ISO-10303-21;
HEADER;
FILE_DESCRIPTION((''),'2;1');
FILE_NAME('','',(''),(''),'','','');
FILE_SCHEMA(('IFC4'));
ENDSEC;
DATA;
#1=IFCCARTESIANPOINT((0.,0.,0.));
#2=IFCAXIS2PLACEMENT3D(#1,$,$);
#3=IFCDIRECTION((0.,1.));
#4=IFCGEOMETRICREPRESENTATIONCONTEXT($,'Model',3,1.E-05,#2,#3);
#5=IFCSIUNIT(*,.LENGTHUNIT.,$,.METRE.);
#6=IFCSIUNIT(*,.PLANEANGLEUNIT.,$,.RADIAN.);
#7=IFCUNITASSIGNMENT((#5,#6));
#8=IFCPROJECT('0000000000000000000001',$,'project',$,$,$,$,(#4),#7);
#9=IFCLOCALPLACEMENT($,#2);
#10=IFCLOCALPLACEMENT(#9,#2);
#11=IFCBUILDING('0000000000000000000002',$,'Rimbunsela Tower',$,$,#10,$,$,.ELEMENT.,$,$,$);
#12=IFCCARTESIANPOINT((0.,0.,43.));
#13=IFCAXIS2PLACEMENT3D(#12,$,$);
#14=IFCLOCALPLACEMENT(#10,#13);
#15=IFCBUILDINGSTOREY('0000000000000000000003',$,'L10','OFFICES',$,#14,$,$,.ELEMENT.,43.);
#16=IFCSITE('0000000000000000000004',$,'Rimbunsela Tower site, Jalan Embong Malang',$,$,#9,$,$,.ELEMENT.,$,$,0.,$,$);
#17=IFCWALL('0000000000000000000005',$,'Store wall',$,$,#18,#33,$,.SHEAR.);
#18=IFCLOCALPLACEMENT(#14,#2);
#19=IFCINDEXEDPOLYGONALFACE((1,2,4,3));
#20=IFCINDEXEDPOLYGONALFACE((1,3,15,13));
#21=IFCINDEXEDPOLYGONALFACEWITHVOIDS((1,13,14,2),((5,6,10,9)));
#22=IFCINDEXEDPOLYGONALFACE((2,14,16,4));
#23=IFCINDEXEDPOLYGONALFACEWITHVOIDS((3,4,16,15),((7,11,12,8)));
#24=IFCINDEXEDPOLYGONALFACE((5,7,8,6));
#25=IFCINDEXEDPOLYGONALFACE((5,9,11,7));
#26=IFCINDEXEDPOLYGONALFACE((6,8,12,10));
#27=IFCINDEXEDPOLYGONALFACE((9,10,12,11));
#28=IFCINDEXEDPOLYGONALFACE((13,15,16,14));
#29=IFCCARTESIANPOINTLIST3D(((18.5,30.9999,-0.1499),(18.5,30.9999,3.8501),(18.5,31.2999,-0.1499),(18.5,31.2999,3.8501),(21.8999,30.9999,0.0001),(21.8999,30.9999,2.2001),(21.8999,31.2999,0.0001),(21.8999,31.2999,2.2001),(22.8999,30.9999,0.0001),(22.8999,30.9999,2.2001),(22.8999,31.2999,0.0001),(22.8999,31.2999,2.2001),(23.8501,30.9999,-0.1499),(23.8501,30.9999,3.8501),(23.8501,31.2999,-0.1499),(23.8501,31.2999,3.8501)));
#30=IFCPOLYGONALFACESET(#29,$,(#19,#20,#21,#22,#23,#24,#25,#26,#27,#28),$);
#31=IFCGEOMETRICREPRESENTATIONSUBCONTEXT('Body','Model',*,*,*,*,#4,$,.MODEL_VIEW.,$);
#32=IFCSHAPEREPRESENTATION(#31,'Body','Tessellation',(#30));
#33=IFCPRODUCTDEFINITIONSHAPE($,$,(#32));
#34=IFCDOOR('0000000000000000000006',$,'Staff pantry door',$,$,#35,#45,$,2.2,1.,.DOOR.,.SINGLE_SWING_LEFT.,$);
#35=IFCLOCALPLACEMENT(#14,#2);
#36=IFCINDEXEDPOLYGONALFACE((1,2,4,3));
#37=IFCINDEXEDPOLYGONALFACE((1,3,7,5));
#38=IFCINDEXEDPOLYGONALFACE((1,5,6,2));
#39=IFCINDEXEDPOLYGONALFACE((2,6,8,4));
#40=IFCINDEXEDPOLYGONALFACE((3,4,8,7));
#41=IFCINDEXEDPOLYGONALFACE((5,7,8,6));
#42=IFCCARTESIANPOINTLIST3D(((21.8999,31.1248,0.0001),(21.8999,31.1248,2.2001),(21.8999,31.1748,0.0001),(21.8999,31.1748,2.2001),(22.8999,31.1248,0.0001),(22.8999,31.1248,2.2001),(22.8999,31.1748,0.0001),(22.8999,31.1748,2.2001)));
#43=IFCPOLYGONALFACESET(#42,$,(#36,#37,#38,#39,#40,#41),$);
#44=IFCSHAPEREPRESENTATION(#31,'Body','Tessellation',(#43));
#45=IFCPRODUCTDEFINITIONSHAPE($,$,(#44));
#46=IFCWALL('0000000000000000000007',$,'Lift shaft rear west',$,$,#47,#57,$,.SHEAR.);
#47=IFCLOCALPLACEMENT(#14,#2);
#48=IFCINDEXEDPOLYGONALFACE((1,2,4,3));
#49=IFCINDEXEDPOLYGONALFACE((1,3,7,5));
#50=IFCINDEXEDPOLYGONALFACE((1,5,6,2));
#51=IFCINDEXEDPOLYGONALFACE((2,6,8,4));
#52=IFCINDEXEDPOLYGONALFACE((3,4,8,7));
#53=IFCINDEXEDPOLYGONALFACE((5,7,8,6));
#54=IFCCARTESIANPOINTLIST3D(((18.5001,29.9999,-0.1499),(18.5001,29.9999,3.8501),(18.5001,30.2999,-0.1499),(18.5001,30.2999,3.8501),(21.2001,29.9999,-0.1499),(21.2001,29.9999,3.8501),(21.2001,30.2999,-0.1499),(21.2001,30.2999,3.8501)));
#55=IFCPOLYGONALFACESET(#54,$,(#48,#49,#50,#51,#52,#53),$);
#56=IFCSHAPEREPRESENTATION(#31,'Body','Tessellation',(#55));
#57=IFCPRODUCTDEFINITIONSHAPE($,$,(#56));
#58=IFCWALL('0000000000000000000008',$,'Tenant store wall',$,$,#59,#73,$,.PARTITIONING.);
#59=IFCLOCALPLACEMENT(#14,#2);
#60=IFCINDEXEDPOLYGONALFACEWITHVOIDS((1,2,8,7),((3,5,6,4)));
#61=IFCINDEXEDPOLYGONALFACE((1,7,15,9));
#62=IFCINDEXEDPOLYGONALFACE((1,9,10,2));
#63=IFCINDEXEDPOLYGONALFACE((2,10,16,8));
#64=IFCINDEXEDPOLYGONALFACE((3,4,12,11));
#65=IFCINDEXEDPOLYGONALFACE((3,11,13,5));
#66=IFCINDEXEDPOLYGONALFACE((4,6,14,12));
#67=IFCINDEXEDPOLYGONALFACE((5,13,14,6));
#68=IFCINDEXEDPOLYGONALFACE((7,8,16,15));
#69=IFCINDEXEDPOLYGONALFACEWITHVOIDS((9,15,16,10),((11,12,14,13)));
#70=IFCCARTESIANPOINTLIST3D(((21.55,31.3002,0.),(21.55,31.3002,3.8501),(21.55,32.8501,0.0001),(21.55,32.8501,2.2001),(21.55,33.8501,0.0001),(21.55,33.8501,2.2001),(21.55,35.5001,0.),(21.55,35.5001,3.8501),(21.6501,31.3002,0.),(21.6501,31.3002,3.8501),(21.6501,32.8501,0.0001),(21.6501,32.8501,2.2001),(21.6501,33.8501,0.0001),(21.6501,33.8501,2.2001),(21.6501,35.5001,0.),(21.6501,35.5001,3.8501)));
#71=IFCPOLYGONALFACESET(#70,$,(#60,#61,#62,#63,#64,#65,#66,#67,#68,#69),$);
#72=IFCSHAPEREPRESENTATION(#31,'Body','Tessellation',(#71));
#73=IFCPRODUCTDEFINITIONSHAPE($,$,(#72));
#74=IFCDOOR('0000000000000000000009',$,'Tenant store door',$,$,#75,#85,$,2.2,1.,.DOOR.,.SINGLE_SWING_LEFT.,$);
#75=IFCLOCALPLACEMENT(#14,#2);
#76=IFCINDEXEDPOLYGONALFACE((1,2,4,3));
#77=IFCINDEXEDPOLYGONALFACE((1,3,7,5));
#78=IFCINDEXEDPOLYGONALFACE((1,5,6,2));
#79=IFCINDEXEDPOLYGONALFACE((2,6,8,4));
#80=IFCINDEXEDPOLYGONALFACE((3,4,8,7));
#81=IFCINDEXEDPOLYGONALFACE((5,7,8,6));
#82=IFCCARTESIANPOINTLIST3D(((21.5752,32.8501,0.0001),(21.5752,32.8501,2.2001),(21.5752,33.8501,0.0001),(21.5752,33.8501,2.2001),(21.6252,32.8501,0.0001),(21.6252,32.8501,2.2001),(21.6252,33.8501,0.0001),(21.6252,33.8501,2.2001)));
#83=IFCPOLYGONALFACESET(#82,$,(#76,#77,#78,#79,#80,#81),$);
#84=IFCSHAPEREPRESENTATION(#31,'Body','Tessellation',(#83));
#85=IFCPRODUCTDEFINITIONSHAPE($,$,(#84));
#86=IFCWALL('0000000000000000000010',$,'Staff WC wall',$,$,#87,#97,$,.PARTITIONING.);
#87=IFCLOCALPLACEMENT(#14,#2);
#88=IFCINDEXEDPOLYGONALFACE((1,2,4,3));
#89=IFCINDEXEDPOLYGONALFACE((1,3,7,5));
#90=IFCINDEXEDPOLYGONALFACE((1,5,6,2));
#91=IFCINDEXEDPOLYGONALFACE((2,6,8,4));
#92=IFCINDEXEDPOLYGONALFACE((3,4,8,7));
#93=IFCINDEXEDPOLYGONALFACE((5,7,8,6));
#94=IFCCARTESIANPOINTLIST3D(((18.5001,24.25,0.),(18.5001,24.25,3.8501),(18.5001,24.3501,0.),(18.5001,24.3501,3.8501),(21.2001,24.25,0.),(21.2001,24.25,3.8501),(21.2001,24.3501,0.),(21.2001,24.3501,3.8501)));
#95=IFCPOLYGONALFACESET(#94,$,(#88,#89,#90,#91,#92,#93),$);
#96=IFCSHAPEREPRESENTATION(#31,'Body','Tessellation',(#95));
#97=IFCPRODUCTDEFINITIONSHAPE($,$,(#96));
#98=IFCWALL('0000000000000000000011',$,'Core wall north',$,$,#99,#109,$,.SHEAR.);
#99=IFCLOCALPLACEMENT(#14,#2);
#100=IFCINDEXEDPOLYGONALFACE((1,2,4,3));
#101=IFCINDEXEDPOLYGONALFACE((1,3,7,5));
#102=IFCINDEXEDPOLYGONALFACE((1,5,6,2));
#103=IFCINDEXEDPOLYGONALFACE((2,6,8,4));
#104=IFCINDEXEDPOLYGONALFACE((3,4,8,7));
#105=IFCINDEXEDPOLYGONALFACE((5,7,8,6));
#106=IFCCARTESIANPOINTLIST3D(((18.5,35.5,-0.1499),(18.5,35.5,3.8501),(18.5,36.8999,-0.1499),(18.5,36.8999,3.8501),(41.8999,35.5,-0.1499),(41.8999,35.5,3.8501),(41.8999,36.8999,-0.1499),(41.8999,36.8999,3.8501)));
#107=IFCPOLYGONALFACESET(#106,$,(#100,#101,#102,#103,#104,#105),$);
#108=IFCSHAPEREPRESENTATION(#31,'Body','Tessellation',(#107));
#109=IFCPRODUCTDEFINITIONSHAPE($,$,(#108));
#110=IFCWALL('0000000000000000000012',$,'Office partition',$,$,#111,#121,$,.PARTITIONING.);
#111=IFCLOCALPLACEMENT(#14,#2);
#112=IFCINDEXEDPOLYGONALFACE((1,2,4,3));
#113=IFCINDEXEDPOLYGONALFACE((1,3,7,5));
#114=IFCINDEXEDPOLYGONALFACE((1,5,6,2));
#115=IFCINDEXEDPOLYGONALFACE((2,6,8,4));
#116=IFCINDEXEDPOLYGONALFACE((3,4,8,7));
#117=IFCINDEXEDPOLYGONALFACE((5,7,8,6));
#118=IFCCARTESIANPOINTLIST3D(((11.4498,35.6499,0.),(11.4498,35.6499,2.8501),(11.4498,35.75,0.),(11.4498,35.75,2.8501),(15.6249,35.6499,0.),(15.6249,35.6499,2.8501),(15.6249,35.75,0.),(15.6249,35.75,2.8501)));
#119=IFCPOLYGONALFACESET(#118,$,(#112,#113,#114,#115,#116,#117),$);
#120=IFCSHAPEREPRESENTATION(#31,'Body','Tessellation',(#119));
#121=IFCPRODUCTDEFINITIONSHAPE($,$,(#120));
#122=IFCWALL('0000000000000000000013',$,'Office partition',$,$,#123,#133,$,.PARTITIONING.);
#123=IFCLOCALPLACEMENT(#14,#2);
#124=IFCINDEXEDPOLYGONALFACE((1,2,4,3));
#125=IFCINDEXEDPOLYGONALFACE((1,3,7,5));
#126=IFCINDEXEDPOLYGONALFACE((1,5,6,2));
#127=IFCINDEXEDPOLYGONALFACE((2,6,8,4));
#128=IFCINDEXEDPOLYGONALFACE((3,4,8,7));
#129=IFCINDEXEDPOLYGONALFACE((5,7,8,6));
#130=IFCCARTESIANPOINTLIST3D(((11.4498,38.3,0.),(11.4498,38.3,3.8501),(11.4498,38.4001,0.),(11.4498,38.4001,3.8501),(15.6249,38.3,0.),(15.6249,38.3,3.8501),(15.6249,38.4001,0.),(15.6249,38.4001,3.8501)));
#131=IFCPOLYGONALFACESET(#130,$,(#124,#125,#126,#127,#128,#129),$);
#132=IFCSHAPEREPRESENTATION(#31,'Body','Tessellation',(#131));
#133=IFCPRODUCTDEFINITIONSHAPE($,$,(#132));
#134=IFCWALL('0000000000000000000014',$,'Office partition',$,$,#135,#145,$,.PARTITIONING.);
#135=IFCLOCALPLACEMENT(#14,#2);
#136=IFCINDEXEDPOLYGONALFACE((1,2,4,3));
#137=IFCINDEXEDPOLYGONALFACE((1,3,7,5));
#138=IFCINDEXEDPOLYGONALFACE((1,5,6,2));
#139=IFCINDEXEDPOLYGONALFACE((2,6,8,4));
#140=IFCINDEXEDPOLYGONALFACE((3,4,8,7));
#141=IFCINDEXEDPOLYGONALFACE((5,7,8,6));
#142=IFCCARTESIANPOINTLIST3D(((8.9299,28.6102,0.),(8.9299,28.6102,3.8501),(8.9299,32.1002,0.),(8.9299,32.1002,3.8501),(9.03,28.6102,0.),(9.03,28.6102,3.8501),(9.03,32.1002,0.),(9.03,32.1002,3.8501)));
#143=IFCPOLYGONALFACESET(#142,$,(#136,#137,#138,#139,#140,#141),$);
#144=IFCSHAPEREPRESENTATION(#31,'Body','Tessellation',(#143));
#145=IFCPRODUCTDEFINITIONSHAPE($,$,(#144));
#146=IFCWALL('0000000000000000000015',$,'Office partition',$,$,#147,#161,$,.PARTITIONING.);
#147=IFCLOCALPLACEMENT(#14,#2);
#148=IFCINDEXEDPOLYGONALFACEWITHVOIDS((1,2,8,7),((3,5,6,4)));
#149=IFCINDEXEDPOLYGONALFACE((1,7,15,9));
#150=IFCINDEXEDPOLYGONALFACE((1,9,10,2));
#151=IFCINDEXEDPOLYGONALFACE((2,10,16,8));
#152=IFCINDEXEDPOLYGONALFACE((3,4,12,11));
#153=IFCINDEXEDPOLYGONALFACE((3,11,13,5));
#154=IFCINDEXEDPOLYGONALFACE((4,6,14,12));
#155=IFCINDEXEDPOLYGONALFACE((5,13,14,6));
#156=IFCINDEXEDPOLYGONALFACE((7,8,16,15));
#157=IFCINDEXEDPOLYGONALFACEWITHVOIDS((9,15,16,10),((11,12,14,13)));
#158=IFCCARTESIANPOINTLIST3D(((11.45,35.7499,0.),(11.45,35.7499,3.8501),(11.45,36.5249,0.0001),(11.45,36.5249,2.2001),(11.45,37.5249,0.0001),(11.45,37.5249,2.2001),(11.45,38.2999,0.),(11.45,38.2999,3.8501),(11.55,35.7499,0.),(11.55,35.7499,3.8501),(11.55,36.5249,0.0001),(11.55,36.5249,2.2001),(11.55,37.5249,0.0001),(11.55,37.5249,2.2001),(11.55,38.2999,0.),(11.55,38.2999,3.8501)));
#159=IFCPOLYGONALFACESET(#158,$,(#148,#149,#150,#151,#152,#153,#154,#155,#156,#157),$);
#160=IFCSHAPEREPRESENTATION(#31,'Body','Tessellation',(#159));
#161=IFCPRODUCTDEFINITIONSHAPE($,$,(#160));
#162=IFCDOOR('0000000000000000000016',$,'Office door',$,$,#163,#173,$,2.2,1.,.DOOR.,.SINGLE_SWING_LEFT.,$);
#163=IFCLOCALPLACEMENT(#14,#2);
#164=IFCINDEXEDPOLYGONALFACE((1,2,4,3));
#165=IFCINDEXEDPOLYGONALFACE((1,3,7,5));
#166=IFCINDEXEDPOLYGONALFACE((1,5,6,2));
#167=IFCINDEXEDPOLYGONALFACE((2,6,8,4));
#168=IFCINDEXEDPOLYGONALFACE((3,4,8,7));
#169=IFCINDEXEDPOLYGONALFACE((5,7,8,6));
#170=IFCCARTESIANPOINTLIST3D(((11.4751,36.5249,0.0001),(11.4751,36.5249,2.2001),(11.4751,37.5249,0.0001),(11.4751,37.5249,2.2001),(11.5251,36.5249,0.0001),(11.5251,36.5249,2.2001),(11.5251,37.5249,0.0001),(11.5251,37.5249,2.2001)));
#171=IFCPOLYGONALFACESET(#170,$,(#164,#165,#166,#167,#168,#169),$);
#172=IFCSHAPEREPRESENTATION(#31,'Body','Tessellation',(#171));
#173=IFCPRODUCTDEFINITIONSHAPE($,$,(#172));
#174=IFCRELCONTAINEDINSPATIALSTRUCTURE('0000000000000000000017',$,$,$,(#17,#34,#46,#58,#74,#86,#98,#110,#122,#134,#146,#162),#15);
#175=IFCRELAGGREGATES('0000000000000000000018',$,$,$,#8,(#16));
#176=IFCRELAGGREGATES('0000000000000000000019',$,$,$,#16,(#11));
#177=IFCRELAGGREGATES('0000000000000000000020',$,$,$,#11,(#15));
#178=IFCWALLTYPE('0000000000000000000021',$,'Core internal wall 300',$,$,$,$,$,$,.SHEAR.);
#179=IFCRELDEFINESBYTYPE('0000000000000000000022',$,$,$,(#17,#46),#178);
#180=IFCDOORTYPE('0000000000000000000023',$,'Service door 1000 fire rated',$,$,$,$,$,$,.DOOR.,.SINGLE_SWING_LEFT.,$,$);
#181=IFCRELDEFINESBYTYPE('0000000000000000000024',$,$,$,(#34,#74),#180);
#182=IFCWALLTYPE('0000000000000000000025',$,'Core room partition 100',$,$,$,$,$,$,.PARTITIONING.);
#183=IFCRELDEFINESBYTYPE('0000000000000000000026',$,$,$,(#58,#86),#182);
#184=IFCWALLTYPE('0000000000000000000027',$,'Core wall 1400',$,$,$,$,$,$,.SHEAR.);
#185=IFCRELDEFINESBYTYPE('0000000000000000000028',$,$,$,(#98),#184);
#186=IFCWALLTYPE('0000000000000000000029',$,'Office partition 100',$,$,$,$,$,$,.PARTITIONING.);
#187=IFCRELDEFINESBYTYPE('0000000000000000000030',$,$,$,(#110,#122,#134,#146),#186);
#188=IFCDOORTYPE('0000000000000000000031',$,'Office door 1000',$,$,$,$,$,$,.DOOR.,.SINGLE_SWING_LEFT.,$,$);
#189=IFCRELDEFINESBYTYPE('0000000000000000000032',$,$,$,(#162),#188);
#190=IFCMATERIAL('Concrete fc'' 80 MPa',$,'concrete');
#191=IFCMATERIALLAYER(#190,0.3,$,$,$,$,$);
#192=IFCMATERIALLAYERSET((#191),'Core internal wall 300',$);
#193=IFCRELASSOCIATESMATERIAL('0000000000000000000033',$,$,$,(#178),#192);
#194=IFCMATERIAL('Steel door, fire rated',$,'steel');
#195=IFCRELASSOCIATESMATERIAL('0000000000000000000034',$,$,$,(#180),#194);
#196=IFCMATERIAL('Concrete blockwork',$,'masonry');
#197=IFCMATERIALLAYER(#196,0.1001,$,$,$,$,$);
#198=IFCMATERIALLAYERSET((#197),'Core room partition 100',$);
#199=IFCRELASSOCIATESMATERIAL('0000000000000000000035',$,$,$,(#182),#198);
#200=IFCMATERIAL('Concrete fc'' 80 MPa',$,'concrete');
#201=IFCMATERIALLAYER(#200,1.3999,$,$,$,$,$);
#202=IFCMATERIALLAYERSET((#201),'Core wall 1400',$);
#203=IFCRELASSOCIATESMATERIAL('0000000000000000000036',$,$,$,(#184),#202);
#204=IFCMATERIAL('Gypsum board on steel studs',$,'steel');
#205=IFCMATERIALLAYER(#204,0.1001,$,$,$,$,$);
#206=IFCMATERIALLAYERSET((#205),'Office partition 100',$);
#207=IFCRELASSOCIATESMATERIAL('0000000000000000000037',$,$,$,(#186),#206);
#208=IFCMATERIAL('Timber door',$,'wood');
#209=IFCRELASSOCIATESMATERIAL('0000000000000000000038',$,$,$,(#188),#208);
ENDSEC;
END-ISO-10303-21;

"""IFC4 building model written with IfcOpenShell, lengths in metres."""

from ifc_helpers import new_model, si_unit, direction, frame, frame_2d, origin, place, context, subcontext, project, spatial, rectangle, extrude, material, layer, layer_set, type_object, element, fill, save


model = new_model("IFC4")

# Units and contexts
model_context = context("Model", 3, precision=1e-05, world=origin(), true_north=direction((0.0, 1.0)))
body_context = subcontext(model_context, "Body", "Model", "MODEL_VIEW")
ifc_project = project(units=[si_unit("LENGTHUNIT", "METRE"), si_unit("PLANEANGLEUNIT", "RADIAN")], contexts=[model_context])

# Site, building, storey
site_placement = place(None, origin())
site = spatial("IfcSite", under=ifc_project, at=site_placement, Name="Rimbunsela Tower site, Jalan Embong Malang", CompositionType="ELEMENT", RefElevation=0.0)
building_placement = place(site_placement, origin())
building = spatial("IfcBuilding", under=site, at=building_placement, Name="Rimbunsela Tower", CompositionType="ELEMENT")
storey_placement = place(building_placement, frame((0.0, 0.0, 43.0)))
storey = spatial("IfcBuildingStorey", under=building, at=storey_placement, Name="L10", Description="OFFICES", CompositionType="ELEMENT", Elevation=43.0)

# Wall, opening, door
ifc_material_1 = material(Name="Concrete fc' 80 MPa", Category="concrete")
ifc_layer_1 = layer(ifc_material_1, 0.3)
ifc_layer_set_1 = layer_set([ifc_layer_1], Name="Core internal wall 300")
wall_type_1 = type_object("IfcWallType", Name="Core internal wall 300", PredefinedType="SHEAR", material=ifc_layer_set_1)
wall_1_placement = place(storey_placement, frame((18.5, 31.1499, -0.1499), z_axis=(0.0, 0.0, 1.0), x_axis=(1.0, 0.0, 0.0)))
wall_1 = element("IfcWall", 1, at=wall_1_placement, inside=storey, type_object=wall_type_1, Name="Store wall", PredefinedType="SHEAR", context=body_context, shape_type="SweptSolid", body=[
    extrude(rectangle(XDim=5.3501, YDim=0.3, at=frame_2d((2.675, 0.0))), origin(), (0.0, 0.0, 1.0), 4.0),
])
opening_1_placement = place(wall_1_placement, frame((3.3999, 0.0, 0.1499)))
opening_1 = element("IfcOpeningElement", 2, at=opening_1_placement, cuts=wall_1, PredefinedType="OPENING", context=body_context, shape_type="SweptSolid", body=[
    extrude(rectangle(XDim=1.0, YDim=2.2, at=frame_2d((0.5, 1.1001))), frame((0.0, 0.1599, 0.0), z_axis=(0.0, -1.0, 0.0), x_axis=(1.0, 0.0, 0.0)), (0.0, 0.0, 1.0), 0.3201),
])
ifc_material_2 = material(Name="Steel door, fire rated", Category="steel")
door_type_1 = type_object("IfcDoorType", Name="Service door 1000 fire rated", OperationType="SINGLE_SWING_LEFT", PredefinedType="DOOR", material=ifc_material_2)
door_1_placement = place(opening_1_placement, origin())
door_1 = element("IfcDoor", 3, at=door_1_placement, inside=storey, type_object=door_type_1, Name="Staff pantry door", OperationType="SINGLE_SWING_LEFT", OverallHeight=2.2, OverallWidth=1.0, PredefinedType="DOOR", context=body_context, shape_type="SweptSolid", body=[
    extrude(rectangle(XDim=1.0, YDim=2.2, at=frame_2d((0.5, 1.1001))), frame((0.0, 0.0249, 0.0), z_axis=(0.0, -1.0, 0.0), x_axis=(1.0, 0.0, 0.0)), (0.0, 0.0, 1.0), 0.05),
])
fill(opening_1, door_1)

# Wall
wall_2_placement = place(storey_placement, frame((18.5, 30.1499, -0.1499), z_axis=(0.0, 0.0, 1.0), x_axis=(1.0, 0.0, 0.0)))
element("IfcWall", 4, at=wall_2_placement, inside=storey, type_object=wall_type_1, Name="Lift shaft rear west", PredefinedType="SHEAR", context=body_context, shape_type="SweptSolid", body=[
    extrude(rectangle(XDim=2.7, YDim=0.3, at=frame_2d((1.3501, 0.0))), origin(), (0.0, 0.0, 1.0), 4.0),
])

# Wall, opening, door
ifc_material_3 = material(Name="Concrete blockwork", Category="masonry")
ifc_layer_2 = layer(ifc_material_3, 0.1001)
ifc_layer_set_2 = layer_set([ifc_layer_2], Name="Core room partition 100")
wall_type_2 = type_object("IfcWallType", Name="Core room partition 100", PredefinedType="PARTITIONING", material=ifc_layer_set_2)
wall_3_placement = place(storey_placement, frame((21.6001, 31.3, 0.0), z_axis=(0.0, 0.0, 1.0), x_axis=(0.0, 1.0, 0.0)))
wall_3 = element("IfcWall", 5, at=wall_3_placement, inside=storey, type_object=wall_type_2, Name="Tenant store wall", PredefinedType="PARTITIONING", context=body_context, shape_type="SweptSolid", body=[
    extrude(rectangle(XDim=4.2, YDim=0.1001, at=frame_2d((2.1001, 0.0))), origin(), (0.0, 0.0, 1.0), 3.8501),
])
opening_2_placement = place(wall_3_placement, frame((1.55, 0.0, 0.0)))
opening_2 = element("IfcOpeningElement", 6, at=opening_2_placement, cuts=wall_3, PredefinedType="OPENING", context=body_context, shape_type="SweptSolid", body=[
    extrude(rectangle(XDim=1.0, YDim=2.2, at=frame_2d((0.5, 1.1001))), frame((0.0, 0.0601, 0.0), z_axis=(0.0, -1.0, 0.0), x_axis=(1.0, 0.0, 0.0)), (0.0, 0.0, 1.0), 0.1201),
])
door_2_placement = place(opening_2_placement, origin())
door_2 = element("IfcDoor", 7, at=door_2_placement, inside=storey, type_object=door_type_1, Name="Tenant store door", OperationType="SINGLE_SWING_LEFT", OverallHeight=2.2, OverallWidth=1.0, PredefinedType="DOOR", context=body_context, shape_type="SweptSolid", body=[
    extrude(rectangle(XDim=1.0, YDim=2.2, at=frame_2d((0.5, 1.1001))), frame((0.0, 0.0249, 0.0), z_axis=(0.0, -1.0, 0.0), x_axis=(1.0, 0.0, 0.0)), (0.0, 0.0, 1.0), 0.05),
])
fill(opening_2, door_2)

# Walls
wall_4_placement = place(storey_placement, frame((18.5, 24.3, 0.0), z_axis=(0.0, 0.0, 1.0), x_axis=(1.0, 0.0, 0.0)))
element("IfcWall", 8, at=wall_4_placement, inside=storey, type_object=wall_type_2, Name="Staff WC wall", PredefinedType="PARTITIONING", context=body_context, shape_type="SweptSolid", body=[
    extrude(rectangle(XDim=2.7, YDim=0.1001, at=frame_2d((1.3501, 0.0))), origin(), (0.0, 0.0, 1.0), 3.8501),
])
ifc_material_4 = material(Name="Concrete fc' 80 MPa", Category="concrete")
ifc_layer_3 = layer(ifc_material_4, 1.3999)
ifc_layer_set_3 = layer_set([ifc_layer_3], Name="Core wall 1400")
wall_type_3 = type_object("IfcWallType", Name="Core wall 1400", PredefinedType="SHEAR", material=ifc_layer_set_3)
wall_5_placement = place(storey_placement, frame((18.5, 36.2, -0.1499), z_axis=(0.0, 0.0, 1.0), x_axis=(1.0, 0.0, 0.0)))
element("IfcWall", 9, at=wall_5_placement, inside=storey, type_object=wall_type_3, Name="Core wall north", PredefinedType="SHEAR", context=body_context, shape_type="SweptSolid", body=[
    extrude(rectangle(XDim=23.3999, YDim=1.3999, at=frame_2d((11.7, 0.0))), origin(), (0.0, 0.0, 1.0), 4.0),
])
ifc_material_5 = material(Name="Gypsum board on steel studs", Category="steel")
ifc_layer_4 = layer(ifc_material_5, 0.1001)
ifc_layer_set_4 = layer_set([ifc_layer_4], Name="Office partition 100")
wall_type_4 = type_object("IfcWallType", Name="Office partition 100", PredefinedType="PARTITIONING", material=ifc_layer_set_4)
wall_6_placement = place(storey_placement, frame((11.45, 35.7, 0.0), z_axis=(0.0, 0.0, 1.0), x_axis=(1.0, 0.0, 0.0)))
element("IfcWall", 10, at=wall_6_placement, inside=storey, type_object=wall_type_4, Name="Office partition", PredefinedType="PARTITIONING", context=body_context, shape_type="SweptSolid", body=[
    extrude(rectangle(XDim=4.175, YDim=0.1001, at=frame_2d((2.0874, 0.0))), origin(), (0.0, 0.0, 1.0), 2.8501),
])
wall_7_placement = place(storey_placement, frame((11.45, 38.3501, 0.0), z_axis=(0.0, 0.0, 1.0), x_axis=(1.0, 0.0, 0.0)))
element("IfcWall", 11, at=wall_7_placement, inside=storey, type_object=wall_type_4, Name="Office partition", PredefinedType="PARTITIONING", context=body_context, shape_type="SweptSolid", body=[
    extrude(rectangle(XDim=4.175, YDim=0.1001, at=frame_2d((2.0874, 0.0))), origin(), (0.0, 0.0, 1.0), 3.8501),
])
wall_8_placement = place(storey_placement, frame((8.98, 28.6101, 0.0), z_axis=(0.0, 0.0, 1.0), x_axis=(0.0, 1.0, 0.0)))
element("IfcWall", 12, at=wall_8_placement, inside=storey, type_object=wall_type_4, Name="Office partition", PredefinedType="PARTITIONING", context=body_context, shape_type="SweptSolid", body=[
    extrude(rectangle(XDim=3.49, YDim=0.1001, at=frame_2d((1.7451, 0.0))), origin(), (0.0, 0.0, 1.0), 3.8501),
])

# Wall, opening, door
wall_9_placement = place(storey_placement, frame((11.5, 35.75, 0.0), z_axis=(0.0, 0.0, 1.0), x_axis=(0.0, 1.0, 0.0)))
wall_9 = element("IfcWall", 13, at=wall_9_placement, inside=storey, type_object=wall_type_4, Name="Office partition", PredefinedType="PARTITIONING", context=body_context, shape_type="SweptSolid", body=[
    extrude(rectangle(XDim=2.55, YDim=0.1001, at=frame_2d((1.2749, 0.0))), origin(), (0.0, 0.0, 1.0), 3.8501),
])
opening_3_placement = place(wall_9_placement, frame((0.7749, 0.0, 0.0)))
opening_3 = element("IfcOpeningElement", 14, at=opening_3_placement, cuts=wall_9, PredefinedType="OPENING", context=body_context, shape_type="SweptSolid", body=[
    extrude(rectangle(XDim=1.0, YDim=2.2, at=frame_2d((0.5, 1.1001))), frame((0.0, 0.0601, 0.0), z_axis=(0.0, -1.0, 0.0), x_axis=(1.0, 0.0, 0.0)), (0.0, 0.0, 1.0), 0.1201),
])
ifc_material_6 = material(Name="Timber door", Category="wood")
door_type_2 = type_object("IfcDoorType", Name="Office door 1000", OperationType="SINGLE_SWING_LEFT", PredefinedType="DOOR", material=ifc_material_6)
door_3_placement = place(opening_3_placement, origin())
door_3 = element("IfcDoor", 15, at=door_3_placement, inside=storey, type_object=door_type_2, Name="Office door", OperationType="SINGLE_SWING_LEFT", OverallHeight=2.2, OverallWidth=1.0, PredefinedType="DOOR", context=body_context, shape_type="SweptSolid", body=[
    extrude(rectangle(XDim=1.0, YDim=2.2, at=frame_2d((0.5, 1.1001))), frame((0.0, 0.0249, 0.0), z_axis=(0.0, -1.0, 0.0), x_axis=(1.0, 0.0, 0.0)), (0.0, 0.0, 1.0), 0.05),
])
fill(opening_3, door_3)

save(model, "model.ifc")
